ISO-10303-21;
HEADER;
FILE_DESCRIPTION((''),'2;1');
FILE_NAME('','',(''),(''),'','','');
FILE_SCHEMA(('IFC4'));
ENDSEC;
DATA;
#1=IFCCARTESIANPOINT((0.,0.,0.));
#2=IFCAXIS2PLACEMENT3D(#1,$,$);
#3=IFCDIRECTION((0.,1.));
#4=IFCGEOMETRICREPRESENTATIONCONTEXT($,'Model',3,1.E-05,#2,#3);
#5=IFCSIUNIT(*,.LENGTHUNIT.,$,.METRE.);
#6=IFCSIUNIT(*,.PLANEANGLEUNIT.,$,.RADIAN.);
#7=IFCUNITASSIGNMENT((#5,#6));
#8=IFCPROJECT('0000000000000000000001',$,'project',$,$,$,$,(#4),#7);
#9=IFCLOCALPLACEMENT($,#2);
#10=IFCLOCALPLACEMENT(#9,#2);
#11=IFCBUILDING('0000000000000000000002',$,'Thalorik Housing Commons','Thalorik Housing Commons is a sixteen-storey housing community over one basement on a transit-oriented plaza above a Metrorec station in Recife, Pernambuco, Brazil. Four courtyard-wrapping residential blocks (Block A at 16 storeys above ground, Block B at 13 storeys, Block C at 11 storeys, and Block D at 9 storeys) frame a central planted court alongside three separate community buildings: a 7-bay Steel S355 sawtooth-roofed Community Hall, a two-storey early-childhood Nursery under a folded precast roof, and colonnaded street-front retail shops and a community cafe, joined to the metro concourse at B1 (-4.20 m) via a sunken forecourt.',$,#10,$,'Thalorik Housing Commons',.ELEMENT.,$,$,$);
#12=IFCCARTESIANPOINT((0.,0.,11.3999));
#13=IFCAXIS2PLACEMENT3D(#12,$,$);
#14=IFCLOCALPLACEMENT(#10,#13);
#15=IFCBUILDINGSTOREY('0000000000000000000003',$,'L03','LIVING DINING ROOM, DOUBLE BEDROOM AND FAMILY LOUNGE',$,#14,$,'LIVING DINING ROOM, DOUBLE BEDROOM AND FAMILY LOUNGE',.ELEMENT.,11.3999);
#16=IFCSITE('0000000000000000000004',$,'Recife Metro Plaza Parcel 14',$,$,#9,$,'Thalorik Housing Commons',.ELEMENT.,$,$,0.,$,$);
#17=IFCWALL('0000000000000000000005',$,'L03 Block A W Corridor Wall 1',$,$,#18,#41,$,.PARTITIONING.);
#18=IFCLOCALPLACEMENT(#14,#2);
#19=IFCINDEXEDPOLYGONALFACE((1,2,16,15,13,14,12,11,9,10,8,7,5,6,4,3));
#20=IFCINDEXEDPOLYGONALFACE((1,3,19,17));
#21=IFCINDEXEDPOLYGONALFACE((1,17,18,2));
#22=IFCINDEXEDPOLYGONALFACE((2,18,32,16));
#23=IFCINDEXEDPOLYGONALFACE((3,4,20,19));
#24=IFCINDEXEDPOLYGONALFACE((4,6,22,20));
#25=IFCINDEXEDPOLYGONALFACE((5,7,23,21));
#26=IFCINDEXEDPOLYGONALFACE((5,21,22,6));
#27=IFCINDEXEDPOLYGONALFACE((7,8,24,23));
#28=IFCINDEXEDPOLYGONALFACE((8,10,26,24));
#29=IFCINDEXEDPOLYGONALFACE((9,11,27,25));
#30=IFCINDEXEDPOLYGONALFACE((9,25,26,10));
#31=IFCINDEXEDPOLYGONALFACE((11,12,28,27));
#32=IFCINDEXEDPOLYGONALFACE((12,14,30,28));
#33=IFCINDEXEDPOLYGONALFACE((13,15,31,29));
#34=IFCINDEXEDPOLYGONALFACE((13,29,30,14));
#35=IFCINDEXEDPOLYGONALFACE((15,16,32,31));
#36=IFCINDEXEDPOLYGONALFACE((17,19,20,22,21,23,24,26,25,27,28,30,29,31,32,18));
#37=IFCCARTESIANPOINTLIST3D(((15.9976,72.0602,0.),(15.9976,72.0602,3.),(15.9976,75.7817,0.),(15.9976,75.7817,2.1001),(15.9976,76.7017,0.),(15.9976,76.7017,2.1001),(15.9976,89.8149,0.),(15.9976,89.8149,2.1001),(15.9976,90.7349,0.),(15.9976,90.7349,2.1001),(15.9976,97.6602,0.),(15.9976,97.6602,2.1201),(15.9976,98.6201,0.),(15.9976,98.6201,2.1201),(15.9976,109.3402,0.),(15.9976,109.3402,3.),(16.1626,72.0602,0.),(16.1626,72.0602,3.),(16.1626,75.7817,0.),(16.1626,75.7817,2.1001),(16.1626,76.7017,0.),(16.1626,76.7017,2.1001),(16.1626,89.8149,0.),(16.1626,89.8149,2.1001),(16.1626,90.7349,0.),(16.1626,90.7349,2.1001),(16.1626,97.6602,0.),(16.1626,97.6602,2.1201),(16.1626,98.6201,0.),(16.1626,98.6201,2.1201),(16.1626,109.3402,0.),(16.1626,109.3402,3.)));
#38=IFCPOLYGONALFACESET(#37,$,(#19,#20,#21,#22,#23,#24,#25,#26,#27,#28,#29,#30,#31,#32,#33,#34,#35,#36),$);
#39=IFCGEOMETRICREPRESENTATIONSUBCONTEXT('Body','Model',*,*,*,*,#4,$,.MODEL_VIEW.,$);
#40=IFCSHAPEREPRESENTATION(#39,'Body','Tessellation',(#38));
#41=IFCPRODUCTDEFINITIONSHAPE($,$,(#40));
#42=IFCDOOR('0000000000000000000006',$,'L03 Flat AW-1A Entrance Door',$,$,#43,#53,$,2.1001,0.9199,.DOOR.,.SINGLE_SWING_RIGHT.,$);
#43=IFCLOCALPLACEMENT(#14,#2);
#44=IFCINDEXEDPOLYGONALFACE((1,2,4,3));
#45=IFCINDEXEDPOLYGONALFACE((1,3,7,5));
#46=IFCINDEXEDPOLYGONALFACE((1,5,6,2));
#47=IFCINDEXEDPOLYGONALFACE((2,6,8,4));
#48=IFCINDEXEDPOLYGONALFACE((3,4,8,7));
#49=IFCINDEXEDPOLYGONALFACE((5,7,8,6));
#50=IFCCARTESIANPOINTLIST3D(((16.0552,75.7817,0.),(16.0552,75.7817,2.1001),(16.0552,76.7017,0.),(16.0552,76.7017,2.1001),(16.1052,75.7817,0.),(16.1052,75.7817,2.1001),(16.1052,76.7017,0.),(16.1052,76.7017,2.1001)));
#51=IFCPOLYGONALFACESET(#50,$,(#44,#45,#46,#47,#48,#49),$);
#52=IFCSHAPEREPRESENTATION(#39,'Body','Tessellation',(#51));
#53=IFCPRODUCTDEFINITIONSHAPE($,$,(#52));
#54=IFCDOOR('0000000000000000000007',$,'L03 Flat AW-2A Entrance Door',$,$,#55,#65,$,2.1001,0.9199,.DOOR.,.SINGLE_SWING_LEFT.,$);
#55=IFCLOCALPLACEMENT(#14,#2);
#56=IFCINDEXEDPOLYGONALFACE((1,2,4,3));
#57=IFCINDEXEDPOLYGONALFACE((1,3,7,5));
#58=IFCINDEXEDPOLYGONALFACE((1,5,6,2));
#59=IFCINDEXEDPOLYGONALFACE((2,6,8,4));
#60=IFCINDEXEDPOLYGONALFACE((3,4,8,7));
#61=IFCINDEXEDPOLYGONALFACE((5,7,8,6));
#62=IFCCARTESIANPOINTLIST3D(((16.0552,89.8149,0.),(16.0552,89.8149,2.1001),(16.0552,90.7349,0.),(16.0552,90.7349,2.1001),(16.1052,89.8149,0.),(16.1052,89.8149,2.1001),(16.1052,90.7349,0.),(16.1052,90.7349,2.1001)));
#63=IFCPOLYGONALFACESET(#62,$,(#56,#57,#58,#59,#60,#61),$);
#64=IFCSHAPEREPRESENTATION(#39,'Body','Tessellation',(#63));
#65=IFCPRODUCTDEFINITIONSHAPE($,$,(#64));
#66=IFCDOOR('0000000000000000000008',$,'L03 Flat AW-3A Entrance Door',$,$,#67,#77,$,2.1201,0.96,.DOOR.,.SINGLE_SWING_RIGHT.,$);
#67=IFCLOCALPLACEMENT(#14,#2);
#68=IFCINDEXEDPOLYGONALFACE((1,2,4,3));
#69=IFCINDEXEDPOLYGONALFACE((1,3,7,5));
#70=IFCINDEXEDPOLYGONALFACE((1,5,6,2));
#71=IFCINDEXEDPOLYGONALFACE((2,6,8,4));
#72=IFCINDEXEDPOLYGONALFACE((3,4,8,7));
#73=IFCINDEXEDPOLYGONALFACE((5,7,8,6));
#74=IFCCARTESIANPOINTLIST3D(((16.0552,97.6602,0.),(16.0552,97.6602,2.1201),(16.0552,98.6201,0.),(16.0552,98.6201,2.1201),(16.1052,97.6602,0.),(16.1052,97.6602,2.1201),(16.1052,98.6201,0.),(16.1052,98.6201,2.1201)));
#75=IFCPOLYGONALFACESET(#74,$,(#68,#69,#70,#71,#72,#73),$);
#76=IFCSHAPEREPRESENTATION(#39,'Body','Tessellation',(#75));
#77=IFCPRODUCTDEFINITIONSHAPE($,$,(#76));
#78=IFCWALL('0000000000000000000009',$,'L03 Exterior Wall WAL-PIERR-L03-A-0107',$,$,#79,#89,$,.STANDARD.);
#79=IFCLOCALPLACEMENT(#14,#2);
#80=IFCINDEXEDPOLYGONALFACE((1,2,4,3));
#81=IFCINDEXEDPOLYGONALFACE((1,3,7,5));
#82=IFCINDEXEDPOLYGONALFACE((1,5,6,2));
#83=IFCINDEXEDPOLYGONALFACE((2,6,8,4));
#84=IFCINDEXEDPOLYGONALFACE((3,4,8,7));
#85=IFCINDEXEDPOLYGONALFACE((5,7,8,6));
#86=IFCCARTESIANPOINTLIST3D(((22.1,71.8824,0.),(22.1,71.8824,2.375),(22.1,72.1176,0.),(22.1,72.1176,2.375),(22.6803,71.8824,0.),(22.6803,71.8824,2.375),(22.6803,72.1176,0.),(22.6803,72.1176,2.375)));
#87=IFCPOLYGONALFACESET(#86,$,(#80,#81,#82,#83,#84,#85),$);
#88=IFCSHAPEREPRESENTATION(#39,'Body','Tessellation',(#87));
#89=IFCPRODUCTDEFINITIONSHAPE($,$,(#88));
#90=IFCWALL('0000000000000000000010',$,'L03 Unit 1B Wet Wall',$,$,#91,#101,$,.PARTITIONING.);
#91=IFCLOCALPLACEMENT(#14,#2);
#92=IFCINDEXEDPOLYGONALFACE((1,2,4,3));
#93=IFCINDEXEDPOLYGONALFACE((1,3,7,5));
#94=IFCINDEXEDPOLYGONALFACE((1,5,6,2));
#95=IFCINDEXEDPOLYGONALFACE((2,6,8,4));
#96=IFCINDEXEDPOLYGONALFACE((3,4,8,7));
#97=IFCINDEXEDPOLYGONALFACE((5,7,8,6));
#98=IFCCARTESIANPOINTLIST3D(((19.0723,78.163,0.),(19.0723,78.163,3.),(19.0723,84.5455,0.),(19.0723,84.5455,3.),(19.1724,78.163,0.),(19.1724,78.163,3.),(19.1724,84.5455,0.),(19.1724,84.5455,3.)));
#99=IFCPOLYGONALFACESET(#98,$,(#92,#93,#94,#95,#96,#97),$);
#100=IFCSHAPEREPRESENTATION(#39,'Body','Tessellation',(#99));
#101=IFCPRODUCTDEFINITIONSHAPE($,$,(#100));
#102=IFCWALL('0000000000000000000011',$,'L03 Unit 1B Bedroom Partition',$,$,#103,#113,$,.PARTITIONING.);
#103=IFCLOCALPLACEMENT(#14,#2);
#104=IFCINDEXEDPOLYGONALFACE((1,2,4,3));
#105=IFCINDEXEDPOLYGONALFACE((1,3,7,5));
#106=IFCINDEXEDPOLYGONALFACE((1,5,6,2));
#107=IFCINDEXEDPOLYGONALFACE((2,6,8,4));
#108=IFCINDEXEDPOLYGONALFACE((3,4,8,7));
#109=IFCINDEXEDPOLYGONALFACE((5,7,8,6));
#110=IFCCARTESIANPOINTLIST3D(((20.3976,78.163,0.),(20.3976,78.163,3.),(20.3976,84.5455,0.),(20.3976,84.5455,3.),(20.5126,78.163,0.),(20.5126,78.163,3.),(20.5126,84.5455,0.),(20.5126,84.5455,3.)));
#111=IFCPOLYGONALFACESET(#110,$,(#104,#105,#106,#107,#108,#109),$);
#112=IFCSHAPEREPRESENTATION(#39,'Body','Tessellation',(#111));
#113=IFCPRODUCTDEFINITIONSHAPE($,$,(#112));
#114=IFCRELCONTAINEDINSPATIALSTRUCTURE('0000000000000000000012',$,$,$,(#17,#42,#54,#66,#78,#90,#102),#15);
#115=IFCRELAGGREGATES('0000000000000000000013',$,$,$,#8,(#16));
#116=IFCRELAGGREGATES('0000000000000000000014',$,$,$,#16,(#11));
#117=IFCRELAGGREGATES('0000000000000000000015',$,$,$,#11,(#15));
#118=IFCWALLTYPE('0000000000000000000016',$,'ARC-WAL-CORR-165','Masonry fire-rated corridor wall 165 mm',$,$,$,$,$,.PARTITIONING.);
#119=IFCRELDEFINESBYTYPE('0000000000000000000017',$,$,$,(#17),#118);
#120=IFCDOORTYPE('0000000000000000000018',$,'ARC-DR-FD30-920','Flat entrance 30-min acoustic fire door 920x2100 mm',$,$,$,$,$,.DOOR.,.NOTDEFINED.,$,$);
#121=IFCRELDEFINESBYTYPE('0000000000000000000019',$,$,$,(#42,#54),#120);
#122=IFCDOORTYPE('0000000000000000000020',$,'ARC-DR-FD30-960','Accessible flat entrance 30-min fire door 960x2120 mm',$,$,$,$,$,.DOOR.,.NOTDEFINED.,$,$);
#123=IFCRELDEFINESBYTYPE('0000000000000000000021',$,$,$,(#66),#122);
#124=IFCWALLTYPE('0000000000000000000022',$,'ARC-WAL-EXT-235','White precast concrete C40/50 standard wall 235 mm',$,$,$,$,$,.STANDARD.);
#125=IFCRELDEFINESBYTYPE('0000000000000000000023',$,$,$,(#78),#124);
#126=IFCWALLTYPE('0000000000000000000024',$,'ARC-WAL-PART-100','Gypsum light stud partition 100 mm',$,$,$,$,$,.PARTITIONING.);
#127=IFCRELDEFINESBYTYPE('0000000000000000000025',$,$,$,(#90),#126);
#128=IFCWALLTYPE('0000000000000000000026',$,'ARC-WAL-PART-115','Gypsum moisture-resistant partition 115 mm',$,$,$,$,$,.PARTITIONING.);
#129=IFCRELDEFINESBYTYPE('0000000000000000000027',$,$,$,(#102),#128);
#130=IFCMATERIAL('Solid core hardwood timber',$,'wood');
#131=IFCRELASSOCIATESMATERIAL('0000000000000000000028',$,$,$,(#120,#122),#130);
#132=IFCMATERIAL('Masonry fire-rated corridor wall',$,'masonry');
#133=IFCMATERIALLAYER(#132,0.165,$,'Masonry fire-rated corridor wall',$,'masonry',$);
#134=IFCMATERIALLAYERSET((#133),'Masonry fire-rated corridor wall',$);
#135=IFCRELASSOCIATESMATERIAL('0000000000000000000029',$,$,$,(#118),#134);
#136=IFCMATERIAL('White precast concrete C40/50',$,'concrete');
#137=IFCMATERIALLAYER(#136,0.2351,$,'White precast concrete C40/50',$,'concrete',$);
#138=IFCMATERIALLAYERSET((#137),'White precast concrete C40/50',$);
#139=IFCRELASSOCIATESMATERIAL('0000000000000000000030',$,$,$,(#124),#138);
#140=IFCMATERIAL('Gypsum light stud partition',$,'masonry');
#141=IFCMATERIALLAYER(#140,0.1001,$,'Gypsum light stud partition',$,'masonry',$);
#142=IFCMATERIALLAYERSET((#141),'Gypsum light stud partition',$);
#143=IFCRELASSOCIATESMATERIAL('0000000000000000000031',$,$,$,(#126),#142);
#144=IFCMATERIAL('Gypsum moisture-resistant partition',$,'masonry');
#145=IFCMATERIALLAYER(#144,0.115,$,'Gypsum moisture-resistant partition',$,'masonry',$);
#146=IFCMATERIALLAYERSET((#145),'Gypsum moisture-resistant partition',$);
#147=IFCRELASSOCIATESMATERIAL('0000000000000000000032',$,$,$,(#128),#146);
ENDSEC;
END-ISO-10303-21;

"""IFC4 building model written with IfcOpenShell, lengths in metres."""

from ifc_helpers import new_model, si_unit, direction, frame, frame_2d, origin, place, context, subcontext, project, spatial, rectangle, extrude, material, layer, layer_set, type_object, element, fill, save


model = new_model("IFC4")

# Units and contexts
model_context = context("Model", 3, precision=1e-05, world=origin(), true_north=direction((0.0, 1.0)))
body_context = subcontext(model_context, "Body", "Model", "MODEL_VIEW")
ifc_project = project(units=[si_unit("LENGTHUNIT", "METRE"), si_unit("PLANEANGLEUNIT", "RADIAN")], contexts=[model_context])

# Site, building, storey
site_placement = place(None, origin())
site = spatial("IfcSite", under=ifc_project, at=site_placement, Name="Recife Metro Plaza Parcel 14", LongName="Thalorik Housing Commons", CompositionType="ELEMENT", RefElevation=0.0)
building_placement = place(site_placement, origin())
building = spatial("IfcBuilding", under=site, at=building_placement, Name="Thalorik Housing Commons", Description="Thalorik Housing Commons is a sixteen-storey housing community over one basement on a transit-oriented plaza above a Metrorec station in Recife, Pernambuco, Brazil. Four courtyard-wrapping residential blocks (Block A at 16 storeys above ground, Block B at 13 storeys, Block C at 11 storeys, and Block D at 9 storeys) frame a central planted court alongside three separate community buildings: a 7-bay Steel S355 sawtooth-roofed Community Hall, a two-storey early-childhood Nursery under a folded precast roof, and colonnaded street-front retail shops and a community cafe, joined to the metro concourse at B1 (-4.20 m) via a sunken forecourt.", LongName="Thalorik Housing Commons", CompositionType="ELEMENT")
storey_placement = place(building_placement, frame((0.0, 0.0, 11.3999)))
storey = spatial("IfcBuildingStorey", under=building, at=storey_placement, Name="L03", Description="LIVING DINING ROOM, DOUBLE BEDROOM AND FAMILY LOUNGE", LongName="LIVING DINING ROOM, DOUBLE BEDROOM AND FAMILY LOUNGE", CompositionType="ELEMENT", Elevation=11.3999)

# Wall, openings, doors
ifc_material_1 = material(Name="Masonry fire-rated corridor wall", Category="masonry")
ifc_material_2 = material(Name="Solid core hardwood timber", Category="wood")
door_type_1 = type_object("IfcDoorType", Name="ARC-DR-FD30-920", Description="Flat entrance 30-min acoustic fire door 920x2100 mm", OperationType="NOTDEFINED", PredefinedType="DOOR", material=ifc_material_2)
ifc_layer_1 = layer(ifc_material_1, 0.165, Name="Masonry fire-rated corridor wall", Category="masonry")
ifc_layer_set_1 = layer_set([ifc_layer_1], Name="Masonry fire-rated corridor wall")
wall_type_1 = type_object("IfcWallType", Name="ARC-WAL-CORR-165", Description="Masonry fire-rated corridor wall 165 mm", PredefinedType="PARTITIONING", material=ifc_layer_set_1)
wall_1_placement = place(storey_placement, frame((16.0801, 72.0601, 0.0), z_axis=(0.0, 0.0, 1.0), x_axis=(0.0, 1.0, 0.0)))
wall_1 = element("IfcWall", 1, at=wall_1_placement, inside=storey, type_object=wall_type_1, Name="L03 Block A W Corridor Wall 1", PredefinedType="PARTITIONING", context=body_context, shape_type="SweptSolid", body=[
    extrude(rectangle(XDim=37.28, YDim=0.165, at=frame_2d((18.6401, 0.0))), origin(), (0.0, 0.0, 1.0), 3.0),
])
opening_1_placement = place(wall_1_placement, frame((3.7217, 0.0, 0.0)))
opening_1 = element("IfcOpeningElement", 2, at=opening_1_placement, cuts=wall_1, PredefinedType="OPENING", context=body_context, shape_type="SweptSolid", body=[
    extrude(rectangle(XDim=0.9199, YDim=2.1001, at=frame_2d((0.46, 1.05))), frame((0.0, 0.0925, 0.0), z_axis=(0.0, -1.0, 0.0), x_axis=(1.0, 0.0, 0.0)), (0.0, 0.0, 1.0), 0.1851),
])
opening_2_placement = place(wall_1_placement, frame((17.7549, 0.0, 0.0)))
opening_2 = element("IfcOpeningElement", 3, at=opening_2_placement, cuts=wall_1, PredefinedType="OPENING", context=body_context, shape_type="SweptSolid", body=[
    extrude(rectangle(XDim=0.9199, YDim=2.1001, at=frame_2d((0.46, 1.05))), frame((0.0, 0.0925, 0.0), z_axis=(0.0, -1.0, 0.0), x_axis=(1.0, 0.0, 0.0)), (0.0, 0.0, 1.0), 0.1851),
])
opening_3_placement = place(wall_1_placement, frame((25.6001, 0.0, 0.0)))
opening_3 = element("IfcOpeningElement", 4, at=opening_3_placement, cuts=wall_1, PredefinedType="OPENING", context=body_context, shape_type="SweptSolid", body=[
    extrude(rectangle(XDim=0.96, YDim=2.1201, at=frame_2d((0.48, 1.0601))), frame((0.0, 0.0925, 0.0), z_axis=(0.0, -1.0, 0.0), x_axis=(1.0, 0.0, 0.0)), (0.0, 0.0, 1.0), 0.1851),
])
door_1_placement = place(opening_1_placement, origin())
door_1 = element("IfcDoor", 5, at=door_1_placement, inside=storey, type_object=door_type_1, Name="L03 Flat AW-1A Entrance Door", OperationType="SINGLE_SWING_RIGHT", OverallHeight=2.1001, OverallWidth=0.9199, PredefinedType="DOOR", context=body_context, shape_type="SweptSolid", body=[
    extrude(rectangle(XDim=0.9199, YDim=2.1001, at=frame_2d((0.46, 1.05))), frame((0.0, 0.0249, 0.0), z_axis=(0.0, -1.0, 0.0), x_axis=(1.0, 0.0, 0.0)), (0.0, 0.0, 1.0), 0.05),
])
fill(opening_1, door_1)
door_2_placement = place(opening_2_placement, origin())
door_2 = element("IfcDoor", 6, at=door_2_placement, inside=storey, type_object=door_type_1, Name="L03 Flat AW-2A Entrance Door", OperationType="SINGLE_SWING_LEFT", OverallHeight=2.1001, OverallWidth=0.9199, PredefinedType="DOOR", context=body_context, shape_type="SweptSolid", body=[
    extrude(rectangle(XDim=0.9199, YDim=2.1001, at=frame_2d((0.46, 1.05))), frame((0.0, 0.0249, 0.0), z_axis=(0.0, -1.0, 0.0), x_axis=(1.0, 0.0, 0.0)), (0.0, 0.0, 1.0), 0.05),
])
fill(opening_2, door_2)
door_type_2 = type_object("IfcDoorType", Name="ARC-DR-FD30-960", Description="Accessible flat entrance 30-min fire door 960x2120 mm", OperationType="NOTDEFINED", PredefinedType="DOOR", material=ifc_material_2)
door_3_placement = place(opening_3_placement, origin())
door_3 = element("IfcDoor", 7, at=door_3_placement, inside=storey, type_object=door_type_2, Name="L03 Flat AW-3A Entrance Door", OperationType="SINGLE_SWING_RIGHT", OverallHeight=2.1201, OverallWidth=0.96, PredefinedType="DOOR", context=body_context, shape_type="SweptSolid", body=[
    extrude(rectangle(XDim=0.96, YDim=2.1201, at=frame_2d((0.48, 1.0601))), frame((0.0, 0.0249, 0.0), z_axis=(0.0, -1.0, 0.0), x_axis=(1.0, 0.0, 0.0)), (0.0, 0.0, 1.0), 0.05),
])
fill(opening_3, door_3)

# Walls
ifc_material_3 = material(Name="White precast concrete C40/50", Category="concrete")
ifc_layer_2 = layer(ifc_material_3, 0.2351, Name="White precast concrete C40/50", Category="concrete")
ifc_layer_set_2 = layer_set([ifc_layer_2], Name="White precast concrete C40/50")
wall_type_2 = type_object("IfcWallType", Name="ARC-WAL-EXT-235", Description="White precast concrete C40/50 standard wall 235 mm", PredefinedType="STANDARD", material=ifc_layer_set_2)
wall_2_placement = place(storey_placement, frame((22.1001, 72.0, 0.0), z_axis=(0.0, 0.0, 1.0), x_axis=(1.0, 0.0, 0.0)))
element("IfcWall", 8, at=wall_2_placement, inside=storey, type_object=wall_type_2, Name="L03 Exterior Wall WAL-PIERR-L03-A-0107", PredefinedType="STANDARD", context=body_context, shape_type="SweptSolid", body=[
    extrude(rectangle(XDim=0.5803, YDim=0.2351, at=frame_2d((0.29, 0.0))), origin(), (0.0, 0.0, 1.0), 2.375),
])
ifc_material_4 = material(Name="Gypsum light stud partition", Category="masonry")
ifc_layer_3 = layer(ifc_material_4, 0.1001, Name="Gypsum light stud partition", Category="masonry")
ifc_layer_set_3 = layer_set([ifc_layer_3], Name="Gypsum light stud partition")
wall_type_3 = type_object("IfcWallType", Name="ARC-WAL-PART-100", Description="Gypsum light stud partition 100 mm", PredefinedType="PARTITIONING", material=ifc_layer_set_3)
wall_3_placement = place(storey_placement, frame((19.1223, 78.1628, 0.0), z_axis=(0.0, 0.0, 1.0), x_axis=(0.0, 1.0, 0.0)))
element("IfcWall", 9, at=wall_3_placement, inside=storey, type_object=wall_type_3, Name="L03 Unit 1B Wet Wall", PredefinedType="PARTITIONING", context=body_context, shape_type="SweptSolid", body=[
    extrude(rectangle(XDim=6.3826, YDim=0.1001, at=frame_2d((3.1914, 0.0))), origin(), (0.0, 0.0, 1.0), 3.0),
])
ifc_material_5 = material(Name="Gypsum moisture-resistant partition", Category="masonry")
ifc_layer_4 = layer(ifc_material_5, 0.115, Name="Gypsum moisture-resistant partition", Category="masonry")
ifc_layer_set_4 = layer_set([ifc_layer_4], Name="Gypsum moisture-resistant partition")
wall_type_4 = type_object("IfcWallType", Name="ARC-WAL-PART-115", Description="Gypsum moisture-resistant partition 115 mm", PredefinedType="PARTITIONING", material=ifc_layer_set_4)
wall_4_placement = place(storey_placement, frame((20.4551, 78.1628, 0.0), z_axis=(0.0, 0.0, 1.0), x_axis=(0.0, 1.0, 0.0)))
element("IfcWall", 10, at=wall_4_placement, inside=storey, type_object=wall_type_4, Name="L03 Unit 1B Bedroom Partition", PredefinedType="PARTITIONING", context=body_context, shape_type="SweptSolid", body=[
    extrude(rectangle(XDim=6.3826, YDim=0.115, at=frame_2d((3.1914, 0.0))), origin(), (0.0, 0.0, 1.0), 3.0),
])

save(model, "model.ifc")
